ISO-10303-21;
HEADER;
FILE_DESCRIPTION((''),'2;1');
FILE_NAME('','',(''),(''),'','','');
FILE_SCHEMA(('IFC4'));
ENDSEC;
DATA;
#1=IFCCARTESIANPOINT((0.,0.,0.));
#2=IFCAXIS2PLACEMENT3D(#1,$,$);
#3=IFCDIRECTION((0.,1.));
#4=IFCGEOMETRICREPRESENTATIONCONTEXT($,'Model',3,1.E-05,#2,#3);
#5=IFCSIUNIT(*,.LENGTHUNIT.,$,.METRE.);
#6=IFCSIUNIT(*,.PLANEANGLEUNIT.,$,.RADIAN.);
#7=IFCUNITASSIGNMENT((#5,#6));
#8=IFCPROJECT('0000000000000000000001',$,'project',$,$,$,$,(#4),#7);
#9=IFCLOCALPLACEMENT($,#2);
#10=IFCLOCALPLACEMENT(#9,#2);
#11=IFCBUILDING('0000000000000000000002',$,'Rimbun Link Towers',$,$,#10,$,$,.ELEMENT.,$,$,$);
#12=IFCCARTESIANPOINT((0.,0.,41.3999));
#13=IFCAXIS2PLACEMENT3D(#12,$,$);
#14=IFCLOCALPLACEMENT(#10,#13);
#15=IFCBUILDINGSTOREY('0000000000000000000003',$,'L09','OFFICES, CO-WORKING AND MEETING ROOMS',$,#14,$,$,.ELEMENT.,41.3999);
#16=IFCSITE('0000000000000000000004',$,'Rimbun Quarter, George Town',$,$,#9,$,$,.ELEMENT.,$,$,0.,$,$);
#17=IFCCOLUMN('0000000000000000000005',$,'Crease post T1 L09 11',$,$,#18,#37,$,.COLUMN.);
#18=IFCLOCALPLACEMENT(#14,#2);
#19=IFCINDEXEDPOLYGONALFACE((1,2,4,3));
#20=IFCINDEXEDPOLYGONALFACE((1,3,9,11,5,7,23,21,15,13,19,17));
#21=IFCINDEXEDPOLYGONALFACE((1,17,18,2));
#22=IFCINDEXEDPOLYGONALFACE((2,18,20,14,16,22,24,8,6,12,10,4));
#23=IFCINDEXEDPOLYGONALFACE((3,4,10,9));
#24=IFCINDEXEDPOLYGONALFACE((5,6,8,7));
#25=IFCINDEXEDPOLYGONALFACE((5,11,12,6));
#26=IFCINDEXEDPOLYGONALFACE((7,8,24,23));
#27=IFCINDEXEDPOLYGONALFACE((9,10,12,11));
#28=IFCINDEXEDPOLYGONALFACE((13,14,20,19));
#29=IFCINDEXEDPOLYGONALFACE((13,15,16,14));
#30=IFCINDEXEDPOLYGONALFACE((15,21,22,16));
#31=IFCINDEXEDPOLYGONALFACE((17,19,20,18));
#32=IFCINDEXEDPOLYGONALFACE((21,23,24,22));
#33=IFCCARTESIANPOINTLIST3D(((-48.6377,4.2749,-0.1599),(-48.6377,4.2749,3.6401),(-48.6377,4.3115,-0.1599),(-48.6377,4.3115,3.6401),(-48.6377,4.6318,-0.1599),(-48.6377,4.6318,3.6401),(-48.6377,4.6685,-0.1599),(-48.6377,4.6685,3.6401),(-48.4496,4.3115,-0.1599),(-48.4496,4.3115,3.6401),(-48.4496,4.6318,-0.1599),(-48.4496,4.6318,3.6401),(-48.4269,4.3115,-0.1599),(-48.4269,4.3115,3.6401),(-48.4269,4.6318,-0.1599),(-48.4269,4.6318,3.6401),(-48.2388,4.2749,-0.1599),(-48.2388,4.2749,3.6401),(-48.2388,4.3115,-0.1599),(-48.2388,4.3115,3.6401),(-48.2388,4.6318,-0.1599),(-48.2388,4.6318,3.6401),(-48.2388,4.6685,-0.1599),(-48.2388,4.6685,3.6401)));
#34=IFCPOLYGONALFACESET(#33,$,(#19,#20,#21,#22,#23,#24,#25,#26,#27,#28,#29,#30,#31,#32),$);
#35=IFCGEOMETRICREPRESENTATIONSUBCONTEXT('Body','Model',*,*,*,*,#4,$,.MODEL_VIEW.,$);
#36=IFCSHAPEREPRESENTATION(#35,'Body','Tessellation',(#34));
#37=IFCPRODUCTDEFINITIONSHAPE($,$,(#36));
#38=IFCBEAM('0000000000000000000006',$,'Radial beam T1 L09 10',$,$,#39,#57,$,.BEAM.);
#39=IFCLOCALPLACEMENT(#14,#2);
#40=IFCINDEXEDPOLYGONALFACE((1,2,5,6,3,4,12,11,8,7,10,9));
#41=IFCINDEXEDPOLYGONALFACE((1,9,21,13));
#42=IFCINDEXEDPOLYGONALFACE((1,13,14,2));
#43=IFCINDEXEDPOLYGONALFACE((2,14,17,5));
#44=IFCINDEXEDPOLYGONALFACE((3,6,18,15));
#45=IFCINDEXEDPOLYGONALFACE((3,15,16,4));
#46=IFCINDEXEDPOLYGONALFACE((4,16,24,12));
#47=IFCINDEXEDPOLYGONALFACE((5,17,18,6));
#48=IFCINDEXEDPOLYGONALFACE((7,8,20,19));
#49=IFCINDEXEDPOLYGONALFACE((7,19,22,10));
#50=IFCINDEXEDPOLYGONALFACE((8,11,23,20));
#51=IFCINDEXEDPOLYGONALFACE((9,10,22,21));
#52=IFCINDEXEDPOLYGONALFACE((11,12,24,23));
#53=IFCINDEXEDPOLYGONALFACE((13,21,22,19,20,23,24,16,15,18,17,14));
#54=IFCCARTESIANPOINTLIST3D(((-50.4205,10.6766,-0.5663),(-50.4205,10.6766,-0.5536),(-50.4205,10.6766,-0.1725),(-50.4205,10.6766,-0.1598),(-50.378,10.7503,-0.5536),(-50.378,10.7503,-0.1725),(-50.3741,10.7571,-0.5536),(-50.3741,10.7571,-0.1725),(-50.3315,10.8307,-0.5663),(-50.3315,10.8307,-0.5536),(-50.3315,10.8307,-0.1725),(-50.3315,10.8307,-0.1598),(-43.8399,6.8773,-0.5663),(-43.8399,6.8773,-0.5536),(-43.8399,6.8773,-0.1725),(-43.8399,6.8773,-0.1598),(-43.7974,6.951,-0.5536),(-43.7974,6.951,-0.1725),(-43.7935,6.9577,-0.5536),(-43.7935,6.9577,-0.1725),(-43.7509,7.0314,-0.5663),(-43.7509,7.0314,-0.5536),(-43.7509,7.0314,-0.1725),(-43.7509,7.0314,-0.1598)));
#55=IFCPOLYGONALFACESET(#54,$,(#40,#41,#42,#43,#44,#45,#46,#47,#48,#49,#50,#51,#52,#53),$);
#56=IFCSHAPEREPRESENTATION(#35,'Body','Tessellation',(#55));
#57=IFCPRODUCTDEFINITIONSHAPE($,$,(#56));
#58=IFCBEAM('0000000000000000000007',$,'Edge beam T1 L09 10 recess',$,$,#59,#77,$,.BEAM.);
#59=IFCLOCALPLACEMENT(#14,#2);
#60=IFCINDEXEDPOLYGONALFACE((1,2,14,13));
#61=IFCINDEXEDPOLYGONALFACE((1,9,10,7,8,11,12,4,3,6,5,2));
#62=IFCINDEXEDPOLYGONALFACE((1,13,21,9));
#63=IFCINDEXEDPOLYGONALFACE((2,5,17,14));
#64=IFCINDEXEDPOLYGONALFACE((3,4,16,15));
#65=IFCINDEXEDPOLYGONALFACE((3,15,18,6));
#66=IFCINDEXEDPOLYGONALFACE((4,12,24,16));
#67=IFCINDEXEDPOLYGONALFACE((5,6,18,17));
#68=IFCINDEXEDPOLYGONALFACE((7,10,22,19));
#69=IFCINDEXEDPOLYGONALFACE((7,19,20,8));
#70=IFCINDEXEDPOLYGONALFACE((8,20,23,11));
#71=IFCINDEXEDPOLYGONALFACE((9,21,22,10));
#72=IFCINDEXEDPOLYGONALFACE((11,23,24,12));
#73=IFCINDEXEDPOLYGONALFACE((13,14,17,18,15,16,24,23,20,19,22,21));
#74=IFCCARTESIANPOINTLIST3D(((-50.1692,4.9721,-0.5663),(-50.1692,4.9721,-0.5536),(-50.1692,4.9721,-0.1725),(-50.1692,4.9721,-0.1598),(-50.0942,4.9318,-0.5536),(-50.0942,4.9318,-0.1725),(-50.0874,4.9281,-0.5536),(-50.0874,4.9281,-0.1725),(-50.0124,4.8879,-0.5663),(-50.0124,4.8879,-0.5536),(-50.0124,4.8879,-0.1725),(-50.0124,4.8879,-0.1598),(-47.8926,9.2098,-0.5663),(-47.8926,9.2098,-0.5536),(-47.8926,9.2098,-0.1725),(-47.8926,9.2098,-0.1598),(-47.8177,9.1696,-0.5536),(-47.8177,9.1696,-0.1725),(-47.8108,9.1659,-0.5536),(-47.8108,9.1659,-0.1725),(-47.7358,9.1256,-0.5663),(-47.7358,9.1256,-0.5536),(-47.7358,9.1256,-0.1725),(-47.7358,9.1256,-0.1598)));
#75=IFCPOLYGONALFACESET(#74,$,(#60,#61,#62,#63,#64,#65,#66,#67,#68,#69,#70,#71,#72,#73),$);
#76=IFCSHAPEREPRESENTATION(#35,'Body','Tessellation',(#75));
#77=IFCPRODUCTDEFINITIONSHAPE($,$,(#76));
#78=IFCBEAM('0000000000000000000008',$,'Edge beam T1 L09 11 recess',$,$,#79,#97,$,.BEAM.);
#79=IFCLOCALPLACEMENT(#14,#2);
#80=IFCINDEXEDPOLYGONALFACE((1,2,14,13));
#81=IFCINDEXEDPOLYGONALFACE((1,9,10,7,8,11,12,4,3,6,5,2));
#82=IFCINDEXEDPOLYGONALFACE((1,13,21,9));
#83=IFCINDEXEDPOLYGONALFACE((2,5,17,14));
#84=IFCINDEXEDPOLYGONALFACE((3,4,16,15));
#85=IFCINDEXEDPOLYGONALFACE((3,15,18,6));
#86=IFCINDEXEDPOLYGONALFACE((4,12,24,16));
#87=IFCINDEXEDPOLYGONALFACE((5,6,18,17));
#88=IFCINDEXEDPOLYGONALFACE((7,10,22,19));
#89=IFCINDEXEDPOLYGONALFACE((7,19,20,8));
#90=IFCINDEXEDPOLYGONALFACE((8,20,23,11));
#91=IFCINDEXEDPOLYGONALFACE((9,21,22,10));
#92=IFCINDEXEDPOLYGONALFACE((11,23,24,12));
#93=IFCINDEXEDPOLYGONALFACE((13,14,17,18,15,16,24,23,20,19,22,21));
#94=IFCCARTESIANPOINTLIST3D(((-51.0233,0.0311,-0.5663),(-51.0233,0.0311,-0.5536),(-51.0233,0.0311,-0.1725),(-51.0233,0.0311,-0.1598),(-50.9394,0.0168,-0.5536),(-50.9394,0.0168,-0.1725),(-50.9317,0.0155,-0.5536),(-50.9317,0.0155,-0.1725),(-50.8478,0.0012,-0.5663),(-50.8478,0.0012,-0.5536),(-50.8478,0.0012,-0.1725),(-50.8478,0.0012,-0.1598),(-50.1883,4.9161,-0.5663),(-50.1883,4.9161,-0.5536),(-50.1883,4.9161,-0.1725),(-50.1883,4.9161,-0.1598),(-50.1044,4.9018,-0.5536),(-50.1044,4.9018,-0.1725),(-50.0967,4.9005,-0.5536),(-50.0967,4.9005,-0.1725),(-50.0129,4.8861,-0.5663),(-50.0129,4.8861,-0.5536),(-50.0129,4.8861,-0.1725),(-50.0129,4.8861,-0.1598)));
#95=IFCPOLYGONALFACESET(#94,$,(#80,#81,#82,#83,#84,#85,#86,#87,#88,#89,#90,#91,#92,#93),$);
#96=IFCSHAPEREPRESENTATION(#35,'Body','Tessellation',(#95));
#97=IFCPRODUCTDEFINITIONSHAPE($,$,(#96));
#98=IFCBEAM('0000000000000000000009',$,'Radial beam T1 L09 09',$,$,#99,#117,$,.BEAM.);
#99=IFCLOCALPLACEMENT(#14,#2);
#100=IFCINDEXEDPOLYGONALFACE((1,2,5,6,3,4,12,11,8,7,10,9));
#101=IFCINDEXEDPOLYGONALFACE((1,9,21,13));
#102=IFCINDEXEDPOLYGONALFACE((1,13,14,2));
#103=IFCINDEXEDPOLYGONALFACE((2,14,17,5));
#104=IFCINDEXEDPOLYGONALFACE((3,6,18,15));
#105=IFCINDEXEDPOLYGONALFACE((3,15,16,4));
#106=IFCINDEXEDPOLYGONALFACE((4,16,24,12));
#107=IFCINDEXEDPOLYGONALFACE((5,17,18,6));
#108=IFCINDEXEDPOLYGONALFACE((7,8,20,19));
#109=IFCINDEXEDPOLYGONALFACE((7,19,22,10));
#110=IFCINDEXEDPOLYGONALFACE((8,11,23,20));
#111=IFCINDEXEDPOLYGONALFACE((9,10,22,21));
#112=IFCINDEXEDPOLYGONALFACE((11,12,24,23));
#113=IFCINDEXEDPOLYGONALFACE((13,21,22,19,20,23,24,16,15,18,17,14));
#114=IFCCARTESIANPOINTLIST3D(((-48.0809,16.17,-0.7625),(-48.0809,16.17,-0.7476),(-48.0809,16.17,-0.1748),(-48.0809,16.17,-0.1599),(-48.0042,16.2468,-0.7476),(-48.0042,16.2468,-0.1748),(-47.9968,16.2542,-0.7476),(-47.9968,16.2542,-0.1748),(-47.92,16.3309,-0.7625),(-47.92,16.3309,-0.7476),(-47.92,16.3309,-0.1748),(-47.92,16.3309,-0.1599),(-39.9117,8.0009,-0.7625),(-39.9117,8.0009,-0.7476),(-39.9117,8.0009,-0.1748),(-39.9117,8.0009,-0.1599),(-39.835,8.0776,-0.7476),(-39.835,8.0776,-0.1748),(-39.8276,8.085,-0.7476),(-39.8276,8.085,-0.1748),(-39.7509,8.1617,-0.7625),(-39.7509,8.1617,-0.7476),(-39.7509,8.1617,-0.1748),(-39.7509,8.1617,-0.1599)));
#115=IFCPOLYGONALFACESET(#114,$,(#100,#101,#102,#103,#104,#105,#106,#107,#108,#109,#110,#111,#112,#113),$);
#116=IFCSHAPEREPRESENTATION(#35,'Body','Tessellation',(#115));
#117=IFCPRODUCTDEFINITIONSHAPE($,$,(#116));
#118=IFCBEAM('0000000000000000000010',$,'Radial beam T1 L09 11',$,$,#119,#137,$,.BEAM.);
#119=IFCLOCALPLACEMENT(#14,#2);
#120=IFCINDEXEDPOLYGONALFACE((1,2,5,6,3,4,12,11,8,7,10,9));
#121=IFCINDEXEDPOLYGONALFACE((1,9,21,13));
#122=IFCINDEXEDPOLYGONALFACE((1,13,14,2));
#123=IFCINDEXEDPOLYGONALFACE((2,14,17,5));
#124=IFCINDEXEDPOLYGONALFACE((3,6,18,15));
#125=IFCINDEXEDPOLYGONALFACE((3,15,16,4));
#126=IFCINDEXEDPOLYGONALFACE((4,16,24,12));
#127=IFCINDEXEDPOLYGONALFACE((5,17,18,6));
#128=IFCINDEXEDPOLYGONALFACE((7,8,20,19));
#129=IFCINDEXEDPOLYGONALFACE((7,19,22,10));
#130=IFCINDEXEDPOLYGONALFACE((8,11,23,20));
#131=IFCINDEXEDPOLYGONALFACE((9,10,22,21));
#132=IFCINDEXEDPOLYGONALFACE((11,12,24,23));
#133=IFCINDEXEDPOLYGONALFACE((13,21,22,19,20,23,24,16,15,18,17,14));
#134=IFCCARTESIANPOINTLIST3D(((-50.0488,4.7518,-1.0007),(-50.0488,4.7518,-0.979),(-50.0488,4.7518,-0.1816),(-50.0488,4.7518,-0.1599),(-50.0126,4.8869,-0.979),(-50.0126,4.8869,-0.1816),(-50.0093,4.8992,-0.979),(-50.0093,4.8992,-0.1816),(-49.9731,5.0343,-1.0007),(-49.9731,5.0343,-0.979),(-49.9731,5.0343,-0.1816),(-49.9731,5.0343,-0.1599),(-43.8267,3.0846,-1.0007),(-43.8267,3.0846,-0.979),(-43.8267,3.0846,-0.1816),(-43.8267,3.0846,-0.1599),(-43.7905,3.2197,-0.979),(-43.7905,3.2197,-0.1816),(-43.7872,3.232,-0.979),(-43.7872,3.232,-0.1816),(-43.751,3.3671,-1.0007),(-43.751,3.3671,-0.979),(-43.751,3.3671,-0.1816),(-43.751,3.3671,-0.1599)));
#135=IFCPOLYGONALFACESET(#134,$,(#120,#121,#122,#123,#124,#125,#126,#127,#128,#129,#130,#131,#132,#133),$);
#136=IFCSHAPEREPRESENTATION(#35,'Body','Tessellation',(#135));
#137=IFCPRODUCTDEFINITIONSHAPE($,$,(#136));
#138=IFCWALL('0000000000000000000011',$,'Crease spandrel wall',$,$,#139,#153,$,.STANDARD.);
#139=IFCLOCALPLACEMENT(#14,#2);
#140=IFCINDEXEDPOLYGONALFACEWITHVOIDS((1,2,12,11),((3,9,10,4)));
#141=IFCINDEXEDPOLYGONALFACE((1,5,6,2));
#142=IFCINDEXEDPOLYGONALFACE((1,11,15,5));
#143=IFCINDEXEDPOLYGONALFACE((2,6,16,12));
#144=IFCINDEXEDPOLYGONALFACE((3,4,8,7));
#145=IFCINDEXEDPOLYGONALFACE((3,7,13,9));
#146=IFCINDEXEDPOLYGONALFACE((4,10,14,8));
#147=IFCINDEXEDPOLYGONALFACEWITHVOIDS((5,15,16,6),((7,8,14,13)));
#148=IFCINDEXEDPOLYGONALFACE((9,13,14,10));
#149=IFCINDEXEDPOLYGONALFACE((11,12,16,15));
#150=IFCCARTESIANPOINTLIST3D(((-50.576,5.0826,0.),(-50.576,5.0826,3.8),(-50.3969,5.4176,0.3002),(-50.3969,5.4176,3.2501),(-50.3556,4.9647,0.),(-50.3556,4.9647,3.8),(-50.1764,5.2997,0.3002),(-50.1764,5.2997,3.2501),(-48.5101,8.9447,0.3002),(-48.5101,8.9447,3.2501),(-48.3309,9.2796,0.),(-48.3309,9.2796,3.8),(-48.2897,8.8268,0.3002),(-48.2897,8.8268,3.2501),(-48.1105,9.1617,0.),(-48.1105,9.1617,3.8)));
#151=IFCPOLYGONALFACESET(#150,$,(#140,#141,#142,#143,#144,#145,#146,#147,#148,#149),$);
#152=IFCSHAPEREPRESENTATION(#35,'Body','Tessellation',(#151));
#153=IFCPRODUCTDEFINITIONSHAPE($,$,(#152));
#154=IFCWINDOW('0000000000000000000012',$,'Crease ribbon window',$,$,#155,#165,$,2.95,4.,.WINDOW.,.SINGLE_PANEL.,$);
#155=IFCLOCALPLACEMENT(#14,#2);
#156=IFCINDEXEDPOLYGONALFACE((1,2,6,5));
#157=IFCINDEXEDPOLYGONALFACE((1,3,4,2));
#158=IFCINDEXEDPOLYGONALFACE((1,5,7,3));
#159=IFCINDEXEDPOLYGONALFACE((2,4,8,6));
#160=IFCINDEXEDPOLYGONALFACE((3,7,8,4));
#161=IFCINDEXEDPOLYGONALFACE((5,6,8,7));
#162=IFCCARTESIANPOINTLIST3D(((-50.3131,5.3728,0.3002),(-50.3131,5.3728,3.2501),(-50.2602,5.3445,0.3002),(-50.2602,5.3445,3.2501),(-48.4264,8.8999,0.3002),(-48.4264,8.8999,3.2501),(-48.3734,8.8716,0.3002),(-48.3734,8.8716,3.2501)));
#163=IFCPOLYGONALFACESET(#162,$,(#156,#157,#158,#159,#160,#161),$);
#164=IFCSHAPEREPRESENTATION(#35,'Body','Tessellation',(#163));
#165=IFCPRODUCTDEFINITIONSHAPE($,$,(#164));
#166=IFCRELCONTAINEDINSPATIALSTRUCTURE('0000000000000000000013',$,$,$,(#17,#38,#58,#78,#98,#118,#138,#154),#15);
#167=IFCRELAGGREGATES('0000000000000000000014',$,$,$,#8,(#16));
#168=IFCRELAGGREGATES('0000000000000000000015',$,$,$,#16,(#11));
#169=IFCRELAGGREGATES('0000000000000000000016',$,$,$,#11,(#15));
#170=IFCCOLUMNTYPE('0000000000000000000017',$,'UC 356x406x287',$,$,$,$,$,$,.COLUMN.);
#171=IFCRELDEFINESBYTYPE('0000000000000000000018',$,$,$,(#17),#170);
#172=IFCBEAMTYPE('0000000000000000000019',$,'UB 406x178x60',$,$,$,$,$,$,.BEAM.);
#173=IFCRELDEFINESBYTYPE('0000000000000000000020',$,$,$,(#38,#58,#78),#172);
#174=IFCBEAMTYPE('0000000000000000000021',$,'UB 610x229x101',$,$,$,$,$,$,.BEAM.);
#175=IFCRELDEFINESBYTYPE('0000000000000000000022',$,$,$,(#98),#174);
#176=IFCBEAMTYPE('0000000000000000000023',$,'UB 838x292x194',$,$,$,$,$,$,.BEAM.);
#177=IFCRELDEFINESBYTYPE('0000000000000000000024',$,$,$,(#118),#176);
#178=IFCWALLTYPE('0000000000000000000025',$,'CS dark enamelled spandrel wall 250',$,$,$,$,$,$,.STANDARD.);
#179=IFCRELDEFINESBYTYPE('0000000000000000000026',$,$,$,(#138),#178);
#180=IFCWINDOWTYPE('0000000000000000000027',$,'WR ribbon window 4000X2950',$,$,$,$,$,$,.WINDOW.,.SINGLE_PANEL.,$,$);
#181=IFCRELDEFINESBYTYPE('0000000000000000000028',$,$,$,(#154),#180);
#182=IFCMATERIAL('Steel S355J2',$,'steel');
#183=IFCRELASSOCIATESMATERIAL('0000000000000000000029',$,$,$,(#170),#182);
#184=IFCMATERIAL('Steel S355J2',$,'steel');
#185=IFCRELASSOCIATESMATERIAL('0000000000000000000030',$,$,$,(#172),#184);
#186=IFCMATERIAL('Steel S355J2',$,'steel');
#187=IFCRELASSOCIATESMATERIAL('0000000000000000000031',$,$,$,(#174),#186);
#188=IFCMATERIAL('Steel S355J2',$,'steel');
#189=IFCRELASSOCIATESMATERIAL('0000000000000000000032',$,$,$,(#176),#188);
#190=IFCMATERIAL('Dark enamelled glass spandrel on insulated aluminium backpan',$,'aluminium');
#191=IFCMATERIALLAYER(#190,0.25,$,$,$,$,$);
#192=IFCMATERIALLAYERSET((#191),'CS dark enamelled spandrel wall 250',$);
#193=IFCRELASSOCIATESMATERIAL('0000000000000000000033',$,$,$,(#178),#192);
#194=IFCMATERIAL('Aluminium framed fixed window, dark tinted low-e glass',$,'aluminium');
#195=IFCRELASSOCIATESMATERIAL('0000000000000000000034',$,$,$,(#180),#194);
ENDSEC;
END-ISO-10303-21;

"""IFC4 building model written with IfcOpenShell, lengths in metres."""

from ifc_helpers import new_model, si_unit, direction, frame, frame_2d, origin, origin_2d, place, context, subcontext, project, spatial, rectangle, i_section, extrude, material, layer, layer_set, material_profile, profile_set, type_object, element, fill, save


model = new_model("IFC4")

# Units and contexts
model_context = context("Model", 3, precision=1e-05, world=origin(), true_north=direction((0.0, 1.0)))
body_context = subcontext(model_context, "Body", "Model", "MODEL_VIEW")
ifc_project = project(units=[si_unit("LENGTHUNIT", "METRE"), si_unit("PLANEANGLEUNIT", "RADIAN")], contexts=[model_context])

# Site, building, storey
site_placement = place(None, origin())
site = spatial("IfcSite", under=ifc_project, at=site_placement, Name="Rimbun Quarter, George Town", CompositionType="ELEMENT", RefElevation=0.0)
building_placement = place(site_placement, origin())
building = spatial("IfcBuilding", under=site, at=building_placement, Name="Rimbun Link Towers", CompositionType="ELEMENT")
storey_placement = place(building_placement, frame((0.0, 0.0, 41.3999)))
storey = spatial("IfcBuildingStorey", under=building, at=storey_placement, Name="L09", Description="OFFICES, CO-WORKING AND MEETING ROOMS", CompositionType="ELEMENT", Elevation=41.3999)

# Column
ifc_material_1 = material(Name="Steel S355J2", Category="steel")
ifc_material_profile_1 = material_profile(ifc_material_1, i_section(OverallWidth=0.3989, OverallDepth=0.3936, WebThickness=0.0227, FlangeThickness=0.0366, at=origin_2d()), Name="UC 356x406x287")
ifc_profile_set_1 = profile_set([ifc_material_profile_1], Name="Steel S355J2")
column_type = type_object("IfcColumnType", Name="UC 356x406x287", PredefinedType="COLUMN", material=ifc_profile_set_1)
column_placement = place(storey_placement, frame((-48.4382, 4.4717, -0.1599), z_axis=(0.0, 0.0, 1.0), x_axis=(1.0, 0.0, 0.0)))
element("IfcColumn", 1, at=column_placement, inside=storey, type_object=column_type, Name="Crease post T1 L09 11", PredefinedType="COLUMN", context=body_context, shape_type="SweptSolid", body=[
    extrude(i_section(OverallWidth=0.3989, OverallDepth=0.3936, WebThickness=0.0227, FlangeThickness=0.0366, at=origin_2d()), origin(), (0.0, 0.0, 1.0), 3.8),
])

# Beams
ifc_material_2 = material(Name="Steel S355J2", Category="steel")
ifc_material_profile_2 = material_profile(ifc_material_2, i_section(OverallWidth=0.178, OverallDepth=0.4065, WebThickness=0.0078, FlangeThickness=0.0127, at=origin_2d()), Name="UB 406x178x60")
ifc_profile_set_2 = profile_set([ifc_material_profile_2], Name="Steel S355J2")
beam_type_1 = type_object("IfcBeamType", Name="UB 406x178x60", PredefinedType="BEAM", material=ifc_profile_set_2)
beam_1_placement = place(storey_placement, frame((-43.7954, 6.9543, -0.363), z_axis=(-0.866024, 0.500002, 0.0), x_axis=(-0.500002, -0.866024, 0.0)))
element("IfcBeam", 2, at=beam_1_placement, inside=storey, type_object=beam_type_1, Name="Radial beam T1 L09 10", PredefinedType="BEAM", context=body_context, shape_type="SweptSolid", body=[
    extrude(i_section(OverallWidth=0.178, OverallDepth=0.4065, WebThickness=0.0078, FlangeThickness=0.0127, at=origin_2d()), origin(), (0.0, 0.0, 1.0), 7.5986),
])
beam_2_placement = place(storey_placement, frame((-47.8142, 9.1677, -0.363), z_axis=(-0.473249, -0.880929, 0.0), x_axis=(0.880929, -0.473249, 0.0)))
element("IfcBeam", 3, at=beam_2_placement, inside=storey, type_object=beam_type_1, Name="Edge beam T1 L09 10 recess", PredefinedType="BEAM", context=body_context, shape_type="SweptSolid", body=[
    extrude(i_section(OverallWidth=0.178, OverallDepth=0.4065, WebThickness=0.0078, FlangeThickness=0.0127, at=origin_2d()), origin(), (0.0, 0.0, 1.0), 4.8105),
])
beam_3_placement = place(storey_placement, frame((-50.1006, 4.9011, -0.363), z_axis=(-0.16848, -0.985705, 0.0), x_axis=(0.985705, -0.16848, 0.0)))
element("IfcBeam", 4, at=beam_3_placement, inside=storey, type_object=beam_type_1, Name="Edge beam T1 L09 11 recess", PredefinedType="BEAM", context=body_context, shape_type="SweptSolid", body=[
    extrude(i_section(OverallWidth=0.178, OverallDepth=0.4065, WebThickness=0.0078, FlangeThickness=0.0127, at=origin_2d()), origin(), (0.0, 0.0, 1.0), 4.9558),
])
ifc_material_3 = material(Name="Steel S355J2", Category="steel")
ifc_material_profile_3 = material_profile(ifc_material_3, i_section(OverallWidth=0.2275, OverallDepth=0.6025, WebThickness=0.0105, FlangeThickness=0.0149, at=origin_2d()), Name="UB 610x229x101")
ifc_profile_set_3 = profile_set([ifc_material_profile_3], Name="Steel S355J2")
beam_type_2 = type_object("IfcBeamType", Name="UB 610x229x101", PredefinedType="BEAM", material=ifc_profile_set_3)
beam_4_placement = place(storey_placement, frame((-39.8313, 8.0813, -0.4612), z_axis=(-0.707107, 0.707107, 0.0), x_axis=(-0.707107, -0.707107, 0.0)))
element("IfcBeam", 5, at=beam_4_placement, inside=storey, type_object=beam_type_2, Name="Radial beam T1 L09 09", PredefinedType="BEAM", context=body_context, shape_type="SweptSolid", body=[
    extrude(i_section(OverallWidth=0.2275, OverallDepth=0.6025, WebThickness=0.0105, FlangeThickness=0.0149, at=origin_2d()), origin(), (0.0, 0.0, 1.0), 11.553),
])
ifc_material_4 = material(Name="Steel S355J2", Category="steel")
ifc_material_profile_4 = material_profile(ifc_material_4, i_section(OverallWidth=0.2925, OverallDepth=0.8408, WebThickness=0.0127, FlangeThickness=0.0217, at=origin_2d()), Name="UB 838x292x194")
ifc_profile_set_4 = profile_set([ifc_material_profile_4], Name="Steel S355J2")
beam_type_3 = type_object("IfcBeamType", Name="UB 838x292x194", PredefinedType="BEAM", material=ifc_profile_set_4)
beam_5_placement = place(storey_placement, frame((-43.7888, 3.2258, -0.5803), z_axis=(-0.965925, 0.258821, 0.0), x_axis=(-0.258821, -0.965925, 0.0)))
element("IfcBeam", 6, at=beam_5_placement, inside=storey, type_object=beam_type_3, Name="Radial beam T1 L09 11", PredefinedType="BEAM", context=body_context, shape_type="SweptSolid", body=[
    extrude(i_section(OverallWidth=0.2925, OverallDepth=0.8408, WebThickness=0.0127, FlangeThickness=0.0217, at=origin_2d()), origin(), (0.0, 0.0, 1.0), 6.4417),
])

# Wall, opening, window
ifc_material_5 = material(Name="Dark enamelled glass spandrel on insulated aluminium backpan", Category="aluminium")
ifc_layer_1 = layer(ifc_material_5, 0.25)
ifc_layer_set_1 = layer_set([ifc_layer_1], Name="CS dark enamelled spandrel wall 250")
wall_type_1 = type_object("IfcWallType", Name="CS dark enamelled spandrel wall 250", PredefinedType="STANDARD", material=ifc_layer_set_1)
wall_1_placement = place(storey_placement, frame((-50.4658, 5.0237, 0.0), z_axis=(0.0, 0.0, 1.0), x_axis=(0.471685, 0.881767, 0.0)))
wall_1 = element("IfcWall", 7, at=wall_1_placement, inside=storey, type_object=wall_type_1, Name="Crease spandrel wall", PredefinedType="STANDARD", context=body_context, shape_type="SweptSolid", body=[
    extrude(rectangle(XDim=4.7598, YDim=0.25, at=frame_2d((2.3799, 0.0))), origin(), (0.0, 0.0, 1.0), 3.8),
])
opening_1_placement = place(wall_1_placement, frame((0.3799, 0.0, 0.3)))
opening_1 = element("IfcOpeningElement", 8, at=opening_1_placement, cuts=wall_1, PredefinedType="OPENING", context=body_context, shape_type="SweptSolid", body=[
    extrude(rectangle(XDim=4.0, YDim=2.95, at=frame_2d((2.0, 1.4751))), frame((0.0, 0.135, 0.0), z_axis=(0.0, -1.0, 0.0), x_axis=(1.0, 0.0, 0.0)), (0.0, 0.0, 1.0), 0.27),
])
ifc_material_6 = material(Name="Aluminium framed fixed window, dark tinted low-e glass", Category="aluminium")
window_type_1 = type_object("IfcWindowType", Name="WR ribbon window 4000X2950", PartitioningType="SINGLE_PANEL", PredefinedType="WINDOW", material=ifc_material_6)
window_1_placement = place(opening_1_placement, origin())
window_1 = element("IfcWindow", 9, at=window_1_placement, inside=storey, type_object=window_type_1, Name="Crease ribbon window", OverallHeight=2.95, OverallWidth=4.0, PartitioningType="SINGLE_PANEL", PredefinedType="WINDOW", context=body_context, shape_type="SweptSolid", body=[
    extrude(rectangle(XDim=4.0, YDim=2.95, at=frame_2d((2.0, 1.4751))), frame((0.0, 0.03, 0.0), z_axis=(0.0, -1.0, 0.0), x_axis=(1.0, 0.0, 0.0)), (0.0, 0.0, 1.0), 0.0601),
])
fill(opening_1, window_1)

save(model, "model.ifc")
